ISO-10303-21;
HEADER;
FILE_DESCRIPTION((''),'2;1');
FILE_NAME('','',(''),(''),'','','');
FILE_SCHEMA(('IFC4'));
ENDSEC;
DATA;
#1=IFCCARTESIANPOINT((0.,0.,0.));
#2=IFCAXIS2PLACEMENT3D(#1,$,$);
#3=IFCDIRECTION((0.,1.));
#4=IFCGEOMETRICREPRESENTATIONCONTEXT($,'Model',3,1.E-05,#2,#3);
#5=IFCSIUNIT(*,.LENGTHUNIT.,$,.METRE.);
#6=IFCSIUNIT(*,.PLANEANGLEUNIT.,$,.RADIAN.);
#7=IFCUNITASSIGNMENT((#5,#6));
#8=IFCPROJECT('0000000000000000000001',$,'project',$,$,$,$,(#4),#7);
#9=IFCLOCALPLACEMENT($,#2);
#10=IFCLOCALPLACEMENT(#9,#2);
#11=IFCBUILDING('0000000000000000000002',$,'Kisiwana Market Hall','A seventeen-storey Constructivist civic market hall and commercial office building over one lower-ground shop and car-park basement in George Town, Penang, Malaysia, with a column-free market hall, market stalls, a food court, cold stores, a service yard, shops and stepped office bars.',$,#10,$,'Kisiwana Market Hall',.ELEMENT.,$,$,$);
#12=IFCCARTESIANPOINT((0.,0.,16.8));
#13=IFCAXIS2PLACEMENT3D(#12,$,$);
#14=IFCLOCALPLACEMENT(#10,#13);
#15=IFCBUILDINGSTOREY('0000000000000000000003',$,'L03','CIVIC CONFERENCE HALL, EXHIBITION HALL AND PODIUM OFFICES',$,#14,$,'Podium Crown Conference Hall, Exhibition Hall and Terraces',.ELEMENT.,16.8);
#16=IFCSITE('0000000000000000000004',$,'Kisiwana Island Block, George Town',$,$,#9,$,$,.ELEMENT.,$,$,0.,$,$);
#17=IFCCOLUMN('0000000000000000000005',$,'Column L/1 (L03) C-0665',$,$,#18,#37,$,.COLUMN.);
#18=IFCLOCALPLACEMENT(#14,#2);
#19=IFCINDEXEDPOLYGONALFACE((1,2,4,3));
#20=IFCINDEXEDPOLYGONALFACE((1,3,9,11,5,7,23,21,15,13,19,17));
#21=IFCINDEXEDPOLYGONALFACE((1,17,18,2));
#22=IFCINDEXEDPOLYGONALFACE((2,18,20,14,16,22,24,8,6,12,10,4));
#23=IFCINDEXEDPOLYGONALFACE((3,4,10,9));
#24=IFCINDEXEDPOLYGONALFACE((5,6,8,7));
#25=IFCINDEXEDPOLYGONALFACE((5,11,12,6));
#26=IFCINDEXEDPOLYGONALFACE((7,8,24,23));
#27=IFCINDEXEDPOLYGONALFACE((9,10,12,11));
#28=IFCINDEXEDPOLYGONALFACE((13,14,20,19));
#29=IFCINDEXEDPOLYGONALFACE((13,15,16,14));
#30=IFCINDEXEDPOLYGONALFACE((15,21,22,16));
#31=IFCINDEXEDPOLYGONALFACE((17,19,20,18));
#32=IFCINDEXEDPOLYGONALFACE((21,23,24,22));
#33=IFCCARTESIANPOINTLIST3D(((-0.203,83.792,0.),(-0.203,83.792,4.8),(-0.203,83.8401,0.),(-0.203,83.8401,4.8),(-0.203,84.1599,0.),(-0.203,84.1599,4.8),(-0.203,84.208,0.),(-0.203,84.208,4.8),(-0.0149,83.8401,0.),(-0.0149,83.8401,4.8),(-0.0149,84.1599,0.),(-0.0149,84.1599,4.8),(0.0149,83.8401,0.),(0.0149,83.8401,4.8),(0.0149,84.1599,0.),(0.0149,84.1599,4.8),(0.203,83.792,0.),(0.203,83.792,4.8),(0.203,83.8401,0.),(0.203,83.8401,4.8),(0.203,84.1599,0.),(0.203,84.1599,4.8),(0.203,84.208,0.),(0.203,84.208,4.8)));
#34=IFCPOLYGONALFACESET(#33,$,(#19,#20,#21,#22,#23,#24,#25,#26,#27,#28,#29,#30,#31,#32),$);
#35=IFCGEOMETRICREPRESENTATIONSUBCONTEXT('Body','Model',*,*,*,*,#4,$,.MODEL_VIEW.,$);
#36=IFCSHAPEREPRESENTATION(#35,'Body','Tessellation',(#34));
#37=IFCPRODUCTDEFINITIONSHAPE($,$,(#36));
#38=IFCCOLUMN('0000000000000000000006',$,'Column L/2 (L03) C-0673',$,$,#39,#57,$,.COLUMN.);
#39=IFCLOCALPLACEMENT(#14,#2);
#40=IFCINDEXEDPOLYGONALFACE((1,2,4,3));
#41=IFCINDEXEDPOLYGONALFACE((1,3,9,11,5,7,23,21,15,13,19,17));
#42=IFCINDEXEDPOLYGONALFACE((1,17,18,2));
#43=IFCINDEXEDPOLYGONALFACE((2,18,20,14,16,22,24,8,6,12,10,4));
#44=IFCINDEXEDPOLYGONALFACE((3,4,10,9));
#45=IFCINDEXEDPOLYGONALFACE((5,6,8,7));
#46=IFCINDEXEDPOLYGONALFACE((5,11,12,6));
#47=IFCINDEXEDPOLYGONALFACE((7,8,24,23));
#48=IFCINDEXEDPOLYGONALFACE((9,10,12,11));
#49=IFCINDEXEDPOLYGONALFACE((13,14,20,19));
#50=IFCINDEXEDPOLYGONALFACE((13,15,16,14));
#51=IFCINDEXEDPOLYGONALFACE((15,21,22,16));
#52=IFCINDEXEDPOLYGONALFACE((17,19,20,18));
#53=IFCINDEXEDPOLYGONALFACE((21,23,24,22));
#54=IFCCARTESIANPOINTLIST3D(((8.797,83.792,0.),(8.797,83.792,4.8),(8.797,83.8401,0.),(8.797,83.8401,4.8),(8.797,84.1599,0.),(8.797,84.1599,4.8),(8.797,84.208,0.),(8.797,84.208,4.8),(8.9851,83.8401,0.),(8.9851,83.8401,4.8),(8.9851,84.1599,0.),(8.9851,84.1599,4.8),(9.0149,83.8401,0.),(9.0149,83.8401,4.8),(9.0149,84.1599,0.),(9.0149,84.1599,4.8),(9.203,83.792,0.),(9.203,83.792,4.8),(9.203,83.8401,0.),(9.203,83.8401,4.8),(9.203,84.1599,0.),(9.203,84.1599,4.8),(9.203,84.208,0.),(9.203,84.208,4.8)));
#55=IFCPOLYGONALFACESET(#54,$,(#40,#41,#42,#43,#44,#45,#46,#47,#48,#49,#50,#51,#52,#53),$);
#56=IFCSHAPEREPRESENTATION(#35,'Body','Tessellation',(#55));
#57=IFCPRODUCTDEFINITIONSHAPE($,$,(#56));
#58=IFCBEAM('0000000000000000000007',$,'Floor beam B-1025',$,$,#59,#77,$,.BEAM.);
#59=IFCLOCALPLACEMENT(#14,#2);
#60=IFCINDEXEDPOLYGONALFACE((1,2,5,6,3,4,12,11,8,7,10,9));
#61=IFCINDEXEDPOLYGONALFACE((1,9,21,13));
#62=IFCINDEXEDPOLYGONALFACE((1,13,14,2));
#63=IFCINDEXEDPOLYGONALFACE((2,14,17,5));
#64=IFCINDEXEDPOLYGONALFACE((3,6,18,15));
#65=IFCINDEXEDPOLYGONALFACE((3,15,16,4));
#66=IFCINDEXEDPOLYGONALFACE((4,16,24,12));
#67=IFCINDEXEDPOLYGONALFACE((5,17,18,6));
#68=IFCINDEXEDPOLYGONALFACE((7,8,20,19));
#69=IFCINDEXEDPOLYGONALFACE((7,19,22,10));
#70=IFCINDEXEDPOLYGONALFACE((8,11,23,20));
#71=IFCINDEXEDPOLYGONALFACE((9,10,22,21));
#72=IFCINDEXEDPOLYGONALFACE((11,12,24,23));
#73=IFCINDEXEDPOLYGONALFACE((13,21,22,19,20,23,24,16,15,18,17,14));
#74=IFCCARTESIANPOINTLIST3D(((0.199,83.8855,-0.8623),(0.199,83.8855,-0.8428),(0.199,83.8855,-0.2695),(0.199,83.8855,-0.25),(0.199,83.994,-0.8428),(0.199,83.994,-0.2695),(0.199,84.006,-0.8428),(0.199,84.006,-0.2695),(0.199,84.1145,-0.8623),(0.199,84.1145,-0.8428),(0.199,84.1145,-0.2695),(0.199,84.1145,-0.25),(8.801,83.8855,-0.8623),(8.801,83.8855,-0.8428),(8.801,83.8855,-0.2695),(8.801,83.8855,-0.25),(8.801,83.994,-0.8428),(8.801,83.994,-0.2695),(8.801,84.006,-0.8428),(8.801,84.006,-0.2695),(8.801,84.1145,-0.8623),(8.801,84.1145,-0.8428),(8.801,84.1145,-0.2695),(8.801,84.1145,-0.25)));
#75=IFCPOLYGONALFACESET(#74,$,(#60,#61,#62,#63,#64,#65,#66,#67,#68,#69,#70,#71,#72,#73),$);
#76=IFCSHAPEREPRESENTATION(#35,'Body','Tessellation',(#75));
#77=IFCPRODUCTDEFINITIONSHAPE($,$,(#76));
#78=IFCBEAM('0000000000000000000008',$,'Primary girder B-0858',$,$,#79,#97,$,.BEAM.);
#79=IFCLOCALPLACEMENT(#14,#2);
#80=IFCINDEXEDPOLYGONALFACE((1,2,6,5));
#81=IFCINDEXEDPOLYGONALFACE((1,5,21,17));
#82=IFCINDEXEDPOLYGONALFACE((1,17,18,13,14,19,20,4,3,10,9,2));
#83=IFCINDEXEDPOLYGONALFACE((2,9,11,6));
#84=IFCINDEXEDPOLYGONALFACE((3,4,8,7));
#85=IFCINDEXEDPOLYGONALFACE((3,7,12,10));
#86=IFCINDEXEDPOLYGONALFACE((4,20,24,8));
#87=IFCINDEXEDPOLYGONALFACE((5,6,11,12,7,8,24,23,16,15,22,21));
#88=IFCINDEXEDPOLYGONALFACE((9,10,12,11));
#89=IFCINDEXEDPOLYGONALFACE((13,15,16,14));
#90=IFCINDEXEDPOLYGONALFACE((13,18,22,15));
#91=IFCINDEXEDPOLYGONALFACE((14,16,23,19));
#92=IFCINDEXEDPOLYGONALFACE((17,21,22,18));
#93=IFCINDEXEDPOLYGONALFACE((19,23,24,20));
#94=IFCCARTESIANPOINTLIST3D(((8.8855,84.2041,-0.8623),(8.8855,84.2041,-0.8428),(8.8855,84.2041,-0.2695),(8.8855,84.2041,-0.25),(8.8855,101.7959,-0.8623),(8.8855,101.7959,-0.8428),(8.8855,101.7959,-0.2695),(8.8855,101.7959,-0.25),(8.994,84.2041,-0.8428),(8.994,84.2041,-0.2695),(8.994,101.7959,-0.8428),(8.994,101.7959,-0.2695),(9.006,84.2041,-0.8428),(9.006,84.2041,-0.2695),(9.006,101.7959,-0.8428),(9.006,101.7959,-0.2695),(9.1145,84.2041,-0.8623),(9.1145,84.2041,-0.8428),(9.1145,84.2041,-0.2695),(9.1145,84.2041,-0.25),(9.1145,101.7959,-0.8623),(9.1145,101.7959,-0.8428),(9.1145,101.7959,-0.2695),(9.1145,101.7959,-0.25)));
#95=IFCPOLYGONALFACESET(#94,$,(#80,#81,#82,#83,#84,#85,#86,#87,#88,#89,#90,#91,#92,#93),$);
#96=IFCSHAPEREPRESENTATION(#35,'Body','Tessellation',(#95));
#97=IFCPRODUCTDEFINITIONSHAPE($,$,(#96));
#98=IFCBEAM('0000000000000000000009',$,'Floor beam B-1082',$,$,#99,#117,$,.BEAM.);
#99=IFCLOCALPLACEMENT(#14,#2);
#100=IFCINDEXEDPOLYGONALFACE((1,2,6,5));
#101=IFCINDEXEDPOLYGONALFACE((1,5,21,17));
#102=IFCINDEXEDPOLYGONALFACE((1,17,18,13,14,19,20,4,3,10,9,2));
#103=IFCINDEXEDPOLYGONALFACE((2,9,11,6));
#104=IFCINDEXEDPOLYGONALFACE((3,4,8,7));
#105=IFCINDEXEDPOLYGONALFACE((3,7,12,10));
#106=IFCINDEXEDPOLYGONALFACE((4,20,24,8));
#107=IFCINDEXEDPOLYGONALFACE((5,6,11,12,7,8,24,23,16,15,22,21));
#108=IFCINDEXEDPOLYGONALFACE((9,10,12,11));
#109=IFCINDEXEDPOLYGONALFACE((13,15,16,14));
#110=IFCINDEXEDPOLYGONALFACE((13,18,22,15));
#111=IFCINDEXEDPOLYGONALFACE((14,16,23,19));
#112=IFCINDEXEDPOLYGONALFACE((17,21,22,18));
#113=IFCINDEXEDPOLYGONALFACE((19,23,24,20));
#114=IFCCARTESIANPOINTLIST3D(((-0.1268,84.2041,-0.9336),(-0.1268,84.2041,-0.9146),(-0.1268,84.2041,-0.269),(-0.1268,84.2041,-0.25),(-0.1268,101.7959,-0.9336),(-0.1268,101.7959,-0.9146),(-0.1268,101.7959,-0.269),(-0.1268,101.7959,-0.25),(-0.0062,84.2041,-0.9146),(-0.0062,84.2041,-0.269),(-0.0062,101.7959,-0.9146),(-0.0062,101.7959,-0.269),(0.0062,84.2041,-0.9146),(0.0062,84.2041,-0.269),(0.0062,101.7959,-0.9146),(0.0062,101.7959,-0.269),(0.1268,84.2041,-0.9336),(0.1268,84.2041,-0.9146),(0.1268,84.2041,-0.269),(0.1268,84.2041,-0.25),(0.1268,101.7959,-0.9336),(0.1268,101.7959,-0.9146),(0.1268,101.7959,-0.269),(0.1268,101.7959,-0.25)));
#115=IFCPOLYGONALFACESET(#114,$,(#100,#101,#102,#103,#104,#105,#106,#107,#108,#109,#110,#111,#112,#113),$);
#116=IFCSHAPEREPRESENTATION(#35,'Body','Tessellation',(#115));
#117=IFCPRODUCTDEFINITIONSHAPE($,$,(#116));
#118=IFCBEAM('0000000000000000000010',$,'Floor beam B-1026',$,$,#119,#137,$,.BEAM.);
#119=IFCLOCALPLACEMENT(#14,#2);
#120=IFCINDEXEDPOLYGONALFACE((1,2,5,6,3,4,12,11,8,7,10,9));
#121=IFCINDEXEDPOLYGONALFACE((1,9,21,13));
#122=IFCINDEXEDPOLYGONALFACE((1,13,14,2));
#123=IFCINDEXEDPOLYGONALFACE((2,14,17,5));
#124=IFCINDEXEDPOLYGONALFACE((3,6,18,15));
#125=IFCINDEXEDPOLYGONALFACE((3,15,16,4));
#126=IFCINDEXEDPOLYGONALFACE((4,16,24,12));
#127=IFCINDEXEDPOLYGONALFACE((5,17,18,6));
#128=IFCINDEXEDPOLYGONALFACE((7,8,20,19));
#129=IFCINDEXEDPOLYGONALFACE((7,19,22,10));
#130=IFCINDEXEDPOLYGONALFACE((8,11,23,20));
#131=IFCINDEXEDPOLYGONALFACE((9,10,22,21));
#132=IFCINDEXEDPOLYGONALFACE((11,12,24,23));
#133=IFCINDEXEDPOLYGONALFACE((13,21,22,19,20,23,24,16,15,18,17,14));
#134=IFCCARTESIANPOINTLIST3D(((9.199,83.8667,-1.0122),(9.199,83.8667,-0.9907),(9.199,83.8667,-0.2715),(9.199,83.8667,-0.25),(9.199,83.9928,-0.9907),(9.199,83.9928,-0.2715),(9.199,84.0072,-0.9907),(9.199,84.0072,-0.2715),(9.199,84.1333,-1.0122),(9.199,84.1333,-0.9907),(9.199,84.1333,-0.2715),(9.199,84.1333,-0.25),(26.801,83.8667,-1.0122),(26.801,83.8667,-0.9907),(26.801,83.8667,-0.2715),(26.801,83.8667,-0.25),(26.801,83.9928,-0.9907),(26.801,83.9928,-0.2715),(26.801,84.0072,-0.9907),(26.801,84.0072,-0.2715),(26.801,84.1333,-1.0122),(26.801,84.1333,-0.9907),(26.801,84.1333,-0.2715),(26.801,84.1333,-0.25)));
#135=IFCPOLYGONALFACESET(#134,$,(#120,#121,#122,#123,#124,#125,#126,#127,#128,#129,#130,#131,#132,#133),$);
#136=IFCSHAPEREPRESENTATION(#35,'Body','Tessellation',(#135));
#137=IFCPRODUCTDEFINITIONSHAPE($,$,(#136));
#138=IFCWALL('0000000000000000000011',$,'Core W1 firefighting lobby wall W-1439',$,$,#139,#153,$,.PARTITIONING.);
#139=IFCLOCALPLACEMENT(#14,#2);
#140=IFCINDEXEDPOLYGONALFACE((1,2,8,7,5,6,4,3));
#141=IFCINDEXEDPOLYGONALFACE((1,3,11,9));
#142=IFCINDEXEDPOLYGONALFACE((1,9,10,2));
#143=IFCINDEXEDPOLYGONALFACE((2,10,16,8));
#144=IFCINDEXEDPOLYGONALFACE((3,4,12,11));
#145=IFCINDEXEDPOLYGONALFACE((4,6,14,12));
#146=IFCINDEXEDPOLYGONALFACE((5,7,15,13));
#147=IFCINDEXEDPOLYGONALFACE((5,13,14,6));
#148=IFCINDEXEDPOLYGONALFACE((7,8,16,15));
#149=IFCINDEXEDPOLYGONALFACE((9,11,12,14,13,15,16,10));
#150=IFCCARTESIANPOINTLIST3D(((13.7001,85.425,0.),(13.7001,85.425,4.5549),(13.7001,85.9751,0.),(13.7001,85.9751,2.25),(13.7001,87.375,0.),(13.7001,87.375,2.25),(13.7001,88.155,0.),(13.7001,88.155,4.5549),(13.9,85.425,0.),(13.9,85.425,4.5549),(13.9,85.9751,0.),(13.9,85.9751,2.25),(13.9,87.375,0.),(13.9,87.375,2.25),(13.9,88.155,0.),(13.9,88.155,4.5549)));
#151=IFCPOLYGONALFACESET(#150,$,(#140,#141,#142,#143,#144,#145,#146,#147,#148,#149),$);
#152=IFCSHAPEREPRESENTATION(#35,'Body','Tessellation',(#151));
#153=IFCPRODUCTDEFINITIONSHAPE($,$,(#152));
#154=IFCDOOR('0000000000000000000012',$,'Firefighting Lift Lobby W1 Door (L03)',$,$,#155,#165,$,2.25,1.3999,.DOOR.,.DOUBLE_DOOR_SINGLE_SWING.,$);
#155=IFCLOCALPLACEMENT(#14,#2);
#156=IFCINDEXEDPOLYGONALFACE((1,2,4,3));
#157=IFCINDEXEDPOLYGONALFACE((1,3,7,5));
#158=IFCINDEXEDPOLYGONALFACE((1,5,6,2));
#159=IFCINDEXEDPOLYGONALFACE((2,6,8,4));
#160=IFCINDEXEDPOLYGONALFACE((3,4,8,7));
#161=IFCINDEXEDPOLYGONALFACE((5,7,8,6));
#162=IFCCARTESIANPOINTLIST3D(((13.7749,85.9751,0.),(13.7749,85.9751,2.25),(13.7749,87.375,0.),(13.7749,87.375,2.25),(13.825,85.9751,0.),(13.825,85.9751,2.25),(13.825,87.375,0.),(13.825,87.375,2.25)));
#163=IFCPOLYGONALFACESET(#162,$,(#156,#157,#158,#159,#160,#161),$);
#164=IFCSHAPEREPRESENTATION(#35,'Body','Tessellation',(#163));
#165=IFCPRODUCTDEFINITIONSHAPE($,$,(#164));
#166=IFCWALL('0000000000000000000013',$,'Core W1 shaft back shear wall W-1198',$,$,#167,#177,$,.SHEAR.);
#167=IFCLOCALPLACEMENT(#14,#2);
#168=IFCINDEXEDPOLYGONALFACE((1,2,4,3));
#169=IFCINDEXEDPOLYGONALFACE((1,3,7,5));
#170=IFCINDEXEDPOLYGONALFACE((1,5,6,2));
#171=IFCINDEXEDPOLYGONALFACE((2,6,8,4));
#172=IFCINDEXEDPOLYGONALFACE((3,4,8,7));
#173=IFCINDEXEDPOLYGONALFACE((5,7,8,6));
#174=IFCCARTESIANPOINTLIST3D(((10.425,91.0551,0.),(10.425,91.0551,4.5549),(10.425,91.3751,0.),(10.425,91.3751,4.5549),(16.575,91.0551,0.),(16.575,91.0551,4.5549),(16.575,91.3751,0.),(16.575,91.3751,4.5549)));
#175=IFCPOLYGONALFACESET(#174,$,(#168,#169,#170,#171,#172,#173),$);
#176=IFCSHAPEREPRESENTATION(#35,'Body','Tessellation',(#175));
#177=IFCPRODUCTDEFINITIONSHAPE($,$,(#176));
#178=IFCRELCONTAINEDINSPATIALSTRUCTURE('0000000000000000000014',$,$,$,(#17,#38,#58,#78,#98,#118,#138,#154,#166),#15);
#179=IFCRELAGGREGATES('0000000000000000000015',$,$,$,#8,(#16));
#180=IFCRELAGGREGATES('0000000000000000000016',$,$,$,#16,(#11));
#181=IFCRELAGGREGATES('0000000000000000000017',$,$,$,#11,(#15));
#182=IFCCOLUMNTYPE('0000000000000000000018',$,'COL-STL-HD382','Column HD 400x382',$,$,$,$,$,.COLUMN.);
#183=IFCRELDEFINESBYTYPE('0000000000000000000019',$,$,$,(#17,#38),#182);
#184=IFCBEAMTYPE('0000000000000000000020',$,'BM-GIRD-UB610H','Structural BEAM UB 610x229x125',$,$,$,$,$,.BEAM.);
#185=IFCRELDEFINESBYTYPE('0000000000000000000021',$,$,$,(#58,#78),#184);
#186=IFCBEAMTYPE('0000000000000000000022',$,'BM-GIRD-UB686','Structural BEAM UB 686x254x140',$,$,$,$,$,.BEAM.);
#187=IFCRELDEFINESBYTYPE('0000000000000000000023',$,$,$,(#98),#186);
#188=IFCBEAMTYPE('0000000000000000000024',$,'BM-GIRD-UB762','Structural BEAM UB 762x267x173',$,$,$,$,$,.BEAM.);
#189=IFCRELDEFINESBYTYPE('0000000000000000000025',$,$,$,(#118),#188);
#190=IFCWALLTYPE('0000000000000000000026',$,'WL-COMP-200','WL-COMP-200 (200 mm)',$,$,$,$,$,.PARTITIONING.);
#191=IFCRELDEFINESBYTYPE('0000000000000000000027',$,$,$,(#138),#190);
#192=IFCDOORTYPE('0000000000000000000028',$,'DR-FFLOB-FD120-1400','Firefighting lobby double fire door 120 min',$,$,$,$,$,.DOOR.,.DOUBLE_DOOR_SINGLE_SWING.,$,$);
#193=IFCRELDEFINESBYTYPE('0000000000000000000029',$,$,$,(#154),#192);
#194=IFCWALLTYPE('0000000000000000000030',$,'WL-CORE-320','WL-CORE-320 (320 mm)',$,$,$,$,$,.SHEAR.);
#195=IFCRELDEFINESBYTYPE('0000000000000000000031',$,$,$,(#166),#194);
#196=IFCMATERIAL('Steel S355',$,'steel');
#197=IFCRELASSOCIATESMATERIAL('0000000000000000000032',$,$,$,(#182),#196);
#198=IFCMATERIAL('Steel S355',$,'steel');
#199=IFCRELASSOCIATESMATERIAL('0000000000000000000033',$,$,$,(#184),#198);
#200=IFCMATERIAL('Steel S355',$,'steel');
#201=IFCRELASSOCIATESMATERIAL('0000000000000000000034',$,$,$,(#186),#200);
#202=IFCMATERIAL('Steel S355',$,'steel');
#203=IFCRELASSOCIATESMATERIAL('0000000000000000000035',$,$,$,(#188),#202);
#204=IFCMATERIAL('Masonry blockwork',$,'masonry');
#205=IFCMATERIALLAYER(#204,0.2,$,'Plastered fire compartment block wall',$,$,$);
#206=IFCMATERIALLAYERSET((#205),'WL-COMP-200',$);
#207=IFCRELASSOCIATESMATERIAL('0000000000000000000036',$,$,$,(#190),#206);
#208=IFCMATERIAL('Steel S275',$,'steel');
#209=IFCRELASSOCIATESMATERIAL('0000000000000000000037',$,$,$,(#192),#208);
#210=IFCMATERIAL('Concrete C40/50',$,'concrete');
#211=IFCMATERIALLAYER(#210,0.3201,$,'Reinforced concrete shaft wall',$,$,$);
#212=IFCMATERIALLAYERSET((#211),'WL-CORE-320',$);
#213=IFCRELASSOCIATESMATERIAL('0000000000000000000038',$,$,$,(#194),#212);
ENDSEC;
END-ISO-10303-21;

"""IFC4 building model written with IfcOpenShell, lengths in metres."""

from ifc_helpers import new_model, si_unit, direction, frame, frame_2d, origin, origin_2d, place, context, subcontext, project, spatial, rectangle, i_section, extrude, material, layer, layer_set, material_profile, profile_set, type_object, element, fill, save


model = new_model("IFC4")

# Units and contexts
model_context = context("Model", 3, precision=1e-05, world=origin(), true_north=direction((0.0, 1.0)))
body_context = subcontext(model_context, "Body", "Model", "MODEL_VIEW")
ifc_project = project(units=[si_unit("LENGTHUNIT", "METRE"), si_unit("PLANEANGLEUNIT", "RADIAN")], contexts=[model_context])

# Site, building, storey
site_placement = place(None, origin())
site = spatial("IfcSite", under=ifc_project, at=site_placement, Name="Kisiwana Island Block, George Town", CompositionType="ELEMENT", RefElevation=0.0)
building_placement = place(site_placement, origin())
building = spatial("IfcBuilding", under=site, at=building_placement, Name="Kisiwana Market Hall", Description="A seventeen-storey Constructivist civic market hall and commercial office building over one lower-ground shop and car-park basement in George Town, Penang, Malaysia, with a column-free market hall, market stalls, a food court, cold stores, a service yard, shops and stepped office bars.", LongName="Kisiwana Market Hall", CompositionType="ELEMENT")
storey_placement = place(building_placement, frame((0.0, 0.0, 16.8)))
storey = spatial("IfcBuildingStorey", under=building, at=storey_placement, Name="L03", Description="CIVIC CONFERENCE HALL, EXHIBITION HALL AND PODIUM OFFICES", LongName="Podium Crown Conference Hall, Exhibition Hall and Terraces", CompositionType="ELEMENT", Elevation=16.8)

# Columns
ifc_material_1 = material(Name="Steel S355", Category="steel")
ifc_material_profile_1 = material_profile(ifc_material_1, i_section(OverallWidth=0.406, OverallDepth=0.416, WebThickness=0.0298, FlangeThickness=0.0481, at=origin_2d()), Name="HD 400x382")
ifc_profile_set_1 = profile_set([ifc_material_profile_1], Name="Steel S355")
column_type = type_object("IfcColumnType", Name="COL-STL-HD382", Description="Column HD 400x382", PredefinedType="COLUMN", material=ifc_profile_set_1)
for number, where, z_axis, x_axis, name in (
    (1, (0.0, 84.0, 0.0), (0.0, 0.0, 1.0), (1.0, 0.0, 0.0), "Column L/1 (L03) C-0665"),
    (2, (9.0, 84.0, 0.0), (0.0, 0.0, 1.0), (1.0, 0.0, 0.0), "Column L/2 (L03) C-0673"),
):
    element("IfcColumn", number, at=place(storey_placement, frame(where, z_axis=z_axis, x_axis=x_axis)), inside=storey, type_object=column_type, Name=name, PredefinedType="COLUMN", context=body_context, shape_type="SweptSolid", body=[
        extrude(i_section(OverallWidth=0.406, OverallDepth=0.416, WebThickness=0.0298, FlangeThickness=0.0481, at=origin_2d()), origin(), (0.0, 0.0, 1.0), 4.8),
    ])

# Beams
ifc_material_2 = material(Name="Steel S355", Category="steel")
ifc_material_profile_2 = material_profile(ifc_material_2, i_section(OverallWidth=0.229, OverallDepth=0.6123, WebThickness=0.012, FlangeThickness=0.0195, at=origin_2d()), Name="UB 610x229x125")
ifc_profile_set_2 = profile_set([ifc_material_profile_2], Name="Steel S355")
beam_type_1 = type_object("IfcBeamType", Name="BM-GIRD-UB610H", Description="Structural BEAM UB 610x229x125", PredefinedType="BEAM", material=ifc_profile_set_2)
beam_1_placement = place(storey_placement, frame((0.199, 84.0, -0.5562), z_axis=(1.0, 0.0, 0.0), x_axis=(0.0, 1.0, 0.0)))
element("IfcBeam", 3, at=beam_1_placement, inside=storey, type_object=beam_type_1, Name="Floor beam B-1025", PredefinedType="BEAM", context=body_context, shape_type="SweptSolid", body=[
    extrude(i_section(OverallWidth=0.229, OverallDepth=0.6123, WebThickness=0.012, FlangeThickness=0.0195, at=origin_2d()), origin(), (0.0, 0.0, 1.0), 8.6021),
])
beam_2_placement = place(storey_placement, frame((9.0, 84.2041, -0.5562), z_axis=(0.0, 1.0, 0.0), x_axis=(-1.0, 0.0, 0.0)))
element("IfcBeam", 4, at=beam_2_placement, inside=storey, type_object=beam_type_1, Name="Primary girder B-0858", PredefinedType="BEAM", context=body_context, shape_type="SweptSolid", body=[
    extrude(i_section(OverallWidth=0.229, OverallDepth=0.6123, WebThickness=0.012, FlangeThickness=0.0195, at=origin_2d()), origin(), (0.0, 0.0, 1.0), 17.5918),
])
ifc_material_3 = material(Name="Steel S355", Category="steel")
ifc_material_profile_3 = material_profile(ifc_material_3, i_section(OverallWidth=0.2537, OverallDepth=0.6836, WebThickness=0.0125, FlangeThickness=0.019, at=origin_2d()), Name="UB 686x254x140")
ifc_profile_set_3 = profile_set([ifc_material_profile_3], Name="Steel S355")
beam_type_2 = type_object("IfcBeamType", Name="BM-GIRD-UB686", Description="Structural BEAM UB 686x254x140", PredefinedType="BEAM", material=ifc_profile_set_3)
beam_3_placement = place(storey_placement, frame((0.0, 84.2041, -0.5918), z_axis=(0.0, 1.0, 0.0), x_axis=(-1.0, 0.0, 0.0)))
element("IfcBeam", 5, at=beam_3_placement, inside=storey, type_object=beam_type_2, Name="Floor beam B-1082", PredefinedType="BEAM", context=body_context, shape_type="SweptSolid", body=[
    extrude(i_section(OverallWidth=0.2537, OverallDepth=0.6836, WebThickness=0.0125, FlangeThickness=0.019, at=origin_2d()), origin(), (0.0, 0.0, 1.0), 17.5918),
])
ifc_material_4 = material(Name="Steel S355", Category="steel")
ifc_material_profile_4 = material_profile(ifc_material_4, i_section(OverallWidth=0.2666, OverallDepth=0.7622, WebThickness=0.0144, FlangeThickness=0.0215, at=origin_2d()), Name="UB 762x267x173")
ifc_profile_set_4 = profile_set([ifc_material_profile_4], Name="Steel S355")
beam_type_3 = type_object("IfcBeamType", Name="BM-GIRD-UB762", Description="Structural BEAM UB 762x267x173", PredefinedType="BEAM", material=ifc_profile_set_4)
beam_4_placement = place(storey_placement, frame((9.199, 84.0, -0.6311), z_axis=(1.0, 0.0, 0.0), x_axis=(0.0, 1.0, 0.0)))
element("IfcBeam", 6, at=beam_4_placement, inside=storey, type_object=beam_type_3, Name="Floor beam B-1026", PredefinedType="BEAM", context=body_context, shape_type="SweptSolid", body=[
    extrude(i_section(OverallWidth=0.2666, OverallDepth=0.7622, WebThickness=0.0144, FlangeThickness=0.0215, at=origin_2d()), origin(), (0.0, 0.0, 1.0), 17.6021),
])

# Wall, opening, door
ifc_material_5 = material(Name="Masonry blockwork", Category="masonry")
ifc_layer_1 = layer(ifc_material_5, 0.2, Name="Plastered fire compartment block wall")
ifc_layer_set_1 = layer_set([ifc_layer_1], Name="WL-COMP-200")
wall_type_1 = type_object("IfcWallType", Name="WL-COMP-200", Description="WL-COMP-200 (200 mm)", PredefinedType="PARTITIONING", material=ifc_layer_set_1)
wall_1_placement = place(storey_placement, frame((13.8, 85.425, 0.0), z_axis=(0.0, 0.0, 1.0), x_axis=(0.0, 1.0, 0.0)))
wall_1 = element("IfcWall", 7, at=wall_1_placement, inside=storey, type_object=wall_type_1, Name="Core W1 firefighting lobby wall W-1439", PredefinedType="PARTITIONING", context=body_context, shape_type="SweptSolid", body=[
    extrude(rectangle(XDim=2.73, YDim=0.2, at=frame_2d((1.365, 0.0))), origin(), (0.0, 0.0, 1.0), 4.5549),
])
opening_1_placement = place(wall_1_placement, frame((0.55, 0.0, 0.0)))
opening_1 = element("IfcOpeningElement", 8, at=opening_1_placement, cuts=wall_1, PredefinedType="OPENING", context=body_context, shape_type="SweptSolid", body=[
    extrude(rectangle(XDim=1.3999, YDim=2.25, at=frame_2d((0.7, 1.125))), frame((0.0, 0.1118, 0.0), z_axis=(0.0, -1.0, 0.0), x_axis=(1.0, 0.0, 0.0)), (0.0, 0.0, 1.0), 0.2239),
])
ifc_material_6 = material(Name="Steel S275", Category="steel")
door_type_1 = type_object("IfcDoorType", Name="DR-FFLOB-FD120-1400", Description="Firefighting lobby double fire door 120 min", OperationType="DOUBLE_DOOR_SINGLE_SWING", PredefinedType="DOOR", material=ifc_material_6)
door_1_placement = place(opening_1_placement, frame((1.3999, 0.0, 0.0), z_axis=(0.0, 0.0, 1.0), x_axis=(-1.0, 0.0, 0.0)))
door_1 = element("IfcDoor", 9, at=door_1_placement, inside=storey, type_object=door_type_1, Name="Firefighting Lift Lobby W1 Door (L03)", OperationType="DOUBLE_DOOR_SINGLE_SWING", OverallHeight=2.25, OverallWidth=1.3999, PredefinedType="DOOR", context=body_context, shape_type="SweptSolid", body=[
    extrude(rectangle(XDim=1.3999, YDim=2.25, at=frame_2d((0.7, 1.125))), frame((0.0, 0.0249, 0.0), z_axis=(0.0, -1.0, 0.0), x_axis=(1.0, 0.0, 0.0)), (0.0, 0.0, 1.0), 0.05),
])
fill(opening_1, door_1)

# Wall
ifc_material_7 = material(Name="Concrete C40/50", Category="concrete")
ifc_layer_2 = layer(ifc_material_7, 0.3201, Name="Reinforced concrete shaft wall")
ifc_layer_set_2 = layer_set([ifc_layer_2], Name="WL-CORE-320")
wall_type_2 = type_object("IfcWallType", Name="WL-CORE-320", Description="WL-CORE-320 (320 mm)", PredefinedType="SHEAR", material=ifc_layer_set_2)
wall_2_placement = place(storey_placement, frame((10.425, 91.2151, 0.0), z_axis=(0.0, 0.0, 1.0), x_axis=(1.0, 0.0, 0.0)))
element("IfcWall", 10, at=wall_2_placement, inside=storey, type_object=wall_type_2, Name="Core W1 shaft back shear wall W-1198", PredefinedType="SHEAR", context=body_context, shape_type="SweptSolid", body=[
    extrude(rectangle(XDim=6.1499, YDim=0.3201, at=frame_2d((3.075, 0.0))), origin(), (0.0, 0.0, 1.0), 4.5549),
])

save(model, "model.ifc")
